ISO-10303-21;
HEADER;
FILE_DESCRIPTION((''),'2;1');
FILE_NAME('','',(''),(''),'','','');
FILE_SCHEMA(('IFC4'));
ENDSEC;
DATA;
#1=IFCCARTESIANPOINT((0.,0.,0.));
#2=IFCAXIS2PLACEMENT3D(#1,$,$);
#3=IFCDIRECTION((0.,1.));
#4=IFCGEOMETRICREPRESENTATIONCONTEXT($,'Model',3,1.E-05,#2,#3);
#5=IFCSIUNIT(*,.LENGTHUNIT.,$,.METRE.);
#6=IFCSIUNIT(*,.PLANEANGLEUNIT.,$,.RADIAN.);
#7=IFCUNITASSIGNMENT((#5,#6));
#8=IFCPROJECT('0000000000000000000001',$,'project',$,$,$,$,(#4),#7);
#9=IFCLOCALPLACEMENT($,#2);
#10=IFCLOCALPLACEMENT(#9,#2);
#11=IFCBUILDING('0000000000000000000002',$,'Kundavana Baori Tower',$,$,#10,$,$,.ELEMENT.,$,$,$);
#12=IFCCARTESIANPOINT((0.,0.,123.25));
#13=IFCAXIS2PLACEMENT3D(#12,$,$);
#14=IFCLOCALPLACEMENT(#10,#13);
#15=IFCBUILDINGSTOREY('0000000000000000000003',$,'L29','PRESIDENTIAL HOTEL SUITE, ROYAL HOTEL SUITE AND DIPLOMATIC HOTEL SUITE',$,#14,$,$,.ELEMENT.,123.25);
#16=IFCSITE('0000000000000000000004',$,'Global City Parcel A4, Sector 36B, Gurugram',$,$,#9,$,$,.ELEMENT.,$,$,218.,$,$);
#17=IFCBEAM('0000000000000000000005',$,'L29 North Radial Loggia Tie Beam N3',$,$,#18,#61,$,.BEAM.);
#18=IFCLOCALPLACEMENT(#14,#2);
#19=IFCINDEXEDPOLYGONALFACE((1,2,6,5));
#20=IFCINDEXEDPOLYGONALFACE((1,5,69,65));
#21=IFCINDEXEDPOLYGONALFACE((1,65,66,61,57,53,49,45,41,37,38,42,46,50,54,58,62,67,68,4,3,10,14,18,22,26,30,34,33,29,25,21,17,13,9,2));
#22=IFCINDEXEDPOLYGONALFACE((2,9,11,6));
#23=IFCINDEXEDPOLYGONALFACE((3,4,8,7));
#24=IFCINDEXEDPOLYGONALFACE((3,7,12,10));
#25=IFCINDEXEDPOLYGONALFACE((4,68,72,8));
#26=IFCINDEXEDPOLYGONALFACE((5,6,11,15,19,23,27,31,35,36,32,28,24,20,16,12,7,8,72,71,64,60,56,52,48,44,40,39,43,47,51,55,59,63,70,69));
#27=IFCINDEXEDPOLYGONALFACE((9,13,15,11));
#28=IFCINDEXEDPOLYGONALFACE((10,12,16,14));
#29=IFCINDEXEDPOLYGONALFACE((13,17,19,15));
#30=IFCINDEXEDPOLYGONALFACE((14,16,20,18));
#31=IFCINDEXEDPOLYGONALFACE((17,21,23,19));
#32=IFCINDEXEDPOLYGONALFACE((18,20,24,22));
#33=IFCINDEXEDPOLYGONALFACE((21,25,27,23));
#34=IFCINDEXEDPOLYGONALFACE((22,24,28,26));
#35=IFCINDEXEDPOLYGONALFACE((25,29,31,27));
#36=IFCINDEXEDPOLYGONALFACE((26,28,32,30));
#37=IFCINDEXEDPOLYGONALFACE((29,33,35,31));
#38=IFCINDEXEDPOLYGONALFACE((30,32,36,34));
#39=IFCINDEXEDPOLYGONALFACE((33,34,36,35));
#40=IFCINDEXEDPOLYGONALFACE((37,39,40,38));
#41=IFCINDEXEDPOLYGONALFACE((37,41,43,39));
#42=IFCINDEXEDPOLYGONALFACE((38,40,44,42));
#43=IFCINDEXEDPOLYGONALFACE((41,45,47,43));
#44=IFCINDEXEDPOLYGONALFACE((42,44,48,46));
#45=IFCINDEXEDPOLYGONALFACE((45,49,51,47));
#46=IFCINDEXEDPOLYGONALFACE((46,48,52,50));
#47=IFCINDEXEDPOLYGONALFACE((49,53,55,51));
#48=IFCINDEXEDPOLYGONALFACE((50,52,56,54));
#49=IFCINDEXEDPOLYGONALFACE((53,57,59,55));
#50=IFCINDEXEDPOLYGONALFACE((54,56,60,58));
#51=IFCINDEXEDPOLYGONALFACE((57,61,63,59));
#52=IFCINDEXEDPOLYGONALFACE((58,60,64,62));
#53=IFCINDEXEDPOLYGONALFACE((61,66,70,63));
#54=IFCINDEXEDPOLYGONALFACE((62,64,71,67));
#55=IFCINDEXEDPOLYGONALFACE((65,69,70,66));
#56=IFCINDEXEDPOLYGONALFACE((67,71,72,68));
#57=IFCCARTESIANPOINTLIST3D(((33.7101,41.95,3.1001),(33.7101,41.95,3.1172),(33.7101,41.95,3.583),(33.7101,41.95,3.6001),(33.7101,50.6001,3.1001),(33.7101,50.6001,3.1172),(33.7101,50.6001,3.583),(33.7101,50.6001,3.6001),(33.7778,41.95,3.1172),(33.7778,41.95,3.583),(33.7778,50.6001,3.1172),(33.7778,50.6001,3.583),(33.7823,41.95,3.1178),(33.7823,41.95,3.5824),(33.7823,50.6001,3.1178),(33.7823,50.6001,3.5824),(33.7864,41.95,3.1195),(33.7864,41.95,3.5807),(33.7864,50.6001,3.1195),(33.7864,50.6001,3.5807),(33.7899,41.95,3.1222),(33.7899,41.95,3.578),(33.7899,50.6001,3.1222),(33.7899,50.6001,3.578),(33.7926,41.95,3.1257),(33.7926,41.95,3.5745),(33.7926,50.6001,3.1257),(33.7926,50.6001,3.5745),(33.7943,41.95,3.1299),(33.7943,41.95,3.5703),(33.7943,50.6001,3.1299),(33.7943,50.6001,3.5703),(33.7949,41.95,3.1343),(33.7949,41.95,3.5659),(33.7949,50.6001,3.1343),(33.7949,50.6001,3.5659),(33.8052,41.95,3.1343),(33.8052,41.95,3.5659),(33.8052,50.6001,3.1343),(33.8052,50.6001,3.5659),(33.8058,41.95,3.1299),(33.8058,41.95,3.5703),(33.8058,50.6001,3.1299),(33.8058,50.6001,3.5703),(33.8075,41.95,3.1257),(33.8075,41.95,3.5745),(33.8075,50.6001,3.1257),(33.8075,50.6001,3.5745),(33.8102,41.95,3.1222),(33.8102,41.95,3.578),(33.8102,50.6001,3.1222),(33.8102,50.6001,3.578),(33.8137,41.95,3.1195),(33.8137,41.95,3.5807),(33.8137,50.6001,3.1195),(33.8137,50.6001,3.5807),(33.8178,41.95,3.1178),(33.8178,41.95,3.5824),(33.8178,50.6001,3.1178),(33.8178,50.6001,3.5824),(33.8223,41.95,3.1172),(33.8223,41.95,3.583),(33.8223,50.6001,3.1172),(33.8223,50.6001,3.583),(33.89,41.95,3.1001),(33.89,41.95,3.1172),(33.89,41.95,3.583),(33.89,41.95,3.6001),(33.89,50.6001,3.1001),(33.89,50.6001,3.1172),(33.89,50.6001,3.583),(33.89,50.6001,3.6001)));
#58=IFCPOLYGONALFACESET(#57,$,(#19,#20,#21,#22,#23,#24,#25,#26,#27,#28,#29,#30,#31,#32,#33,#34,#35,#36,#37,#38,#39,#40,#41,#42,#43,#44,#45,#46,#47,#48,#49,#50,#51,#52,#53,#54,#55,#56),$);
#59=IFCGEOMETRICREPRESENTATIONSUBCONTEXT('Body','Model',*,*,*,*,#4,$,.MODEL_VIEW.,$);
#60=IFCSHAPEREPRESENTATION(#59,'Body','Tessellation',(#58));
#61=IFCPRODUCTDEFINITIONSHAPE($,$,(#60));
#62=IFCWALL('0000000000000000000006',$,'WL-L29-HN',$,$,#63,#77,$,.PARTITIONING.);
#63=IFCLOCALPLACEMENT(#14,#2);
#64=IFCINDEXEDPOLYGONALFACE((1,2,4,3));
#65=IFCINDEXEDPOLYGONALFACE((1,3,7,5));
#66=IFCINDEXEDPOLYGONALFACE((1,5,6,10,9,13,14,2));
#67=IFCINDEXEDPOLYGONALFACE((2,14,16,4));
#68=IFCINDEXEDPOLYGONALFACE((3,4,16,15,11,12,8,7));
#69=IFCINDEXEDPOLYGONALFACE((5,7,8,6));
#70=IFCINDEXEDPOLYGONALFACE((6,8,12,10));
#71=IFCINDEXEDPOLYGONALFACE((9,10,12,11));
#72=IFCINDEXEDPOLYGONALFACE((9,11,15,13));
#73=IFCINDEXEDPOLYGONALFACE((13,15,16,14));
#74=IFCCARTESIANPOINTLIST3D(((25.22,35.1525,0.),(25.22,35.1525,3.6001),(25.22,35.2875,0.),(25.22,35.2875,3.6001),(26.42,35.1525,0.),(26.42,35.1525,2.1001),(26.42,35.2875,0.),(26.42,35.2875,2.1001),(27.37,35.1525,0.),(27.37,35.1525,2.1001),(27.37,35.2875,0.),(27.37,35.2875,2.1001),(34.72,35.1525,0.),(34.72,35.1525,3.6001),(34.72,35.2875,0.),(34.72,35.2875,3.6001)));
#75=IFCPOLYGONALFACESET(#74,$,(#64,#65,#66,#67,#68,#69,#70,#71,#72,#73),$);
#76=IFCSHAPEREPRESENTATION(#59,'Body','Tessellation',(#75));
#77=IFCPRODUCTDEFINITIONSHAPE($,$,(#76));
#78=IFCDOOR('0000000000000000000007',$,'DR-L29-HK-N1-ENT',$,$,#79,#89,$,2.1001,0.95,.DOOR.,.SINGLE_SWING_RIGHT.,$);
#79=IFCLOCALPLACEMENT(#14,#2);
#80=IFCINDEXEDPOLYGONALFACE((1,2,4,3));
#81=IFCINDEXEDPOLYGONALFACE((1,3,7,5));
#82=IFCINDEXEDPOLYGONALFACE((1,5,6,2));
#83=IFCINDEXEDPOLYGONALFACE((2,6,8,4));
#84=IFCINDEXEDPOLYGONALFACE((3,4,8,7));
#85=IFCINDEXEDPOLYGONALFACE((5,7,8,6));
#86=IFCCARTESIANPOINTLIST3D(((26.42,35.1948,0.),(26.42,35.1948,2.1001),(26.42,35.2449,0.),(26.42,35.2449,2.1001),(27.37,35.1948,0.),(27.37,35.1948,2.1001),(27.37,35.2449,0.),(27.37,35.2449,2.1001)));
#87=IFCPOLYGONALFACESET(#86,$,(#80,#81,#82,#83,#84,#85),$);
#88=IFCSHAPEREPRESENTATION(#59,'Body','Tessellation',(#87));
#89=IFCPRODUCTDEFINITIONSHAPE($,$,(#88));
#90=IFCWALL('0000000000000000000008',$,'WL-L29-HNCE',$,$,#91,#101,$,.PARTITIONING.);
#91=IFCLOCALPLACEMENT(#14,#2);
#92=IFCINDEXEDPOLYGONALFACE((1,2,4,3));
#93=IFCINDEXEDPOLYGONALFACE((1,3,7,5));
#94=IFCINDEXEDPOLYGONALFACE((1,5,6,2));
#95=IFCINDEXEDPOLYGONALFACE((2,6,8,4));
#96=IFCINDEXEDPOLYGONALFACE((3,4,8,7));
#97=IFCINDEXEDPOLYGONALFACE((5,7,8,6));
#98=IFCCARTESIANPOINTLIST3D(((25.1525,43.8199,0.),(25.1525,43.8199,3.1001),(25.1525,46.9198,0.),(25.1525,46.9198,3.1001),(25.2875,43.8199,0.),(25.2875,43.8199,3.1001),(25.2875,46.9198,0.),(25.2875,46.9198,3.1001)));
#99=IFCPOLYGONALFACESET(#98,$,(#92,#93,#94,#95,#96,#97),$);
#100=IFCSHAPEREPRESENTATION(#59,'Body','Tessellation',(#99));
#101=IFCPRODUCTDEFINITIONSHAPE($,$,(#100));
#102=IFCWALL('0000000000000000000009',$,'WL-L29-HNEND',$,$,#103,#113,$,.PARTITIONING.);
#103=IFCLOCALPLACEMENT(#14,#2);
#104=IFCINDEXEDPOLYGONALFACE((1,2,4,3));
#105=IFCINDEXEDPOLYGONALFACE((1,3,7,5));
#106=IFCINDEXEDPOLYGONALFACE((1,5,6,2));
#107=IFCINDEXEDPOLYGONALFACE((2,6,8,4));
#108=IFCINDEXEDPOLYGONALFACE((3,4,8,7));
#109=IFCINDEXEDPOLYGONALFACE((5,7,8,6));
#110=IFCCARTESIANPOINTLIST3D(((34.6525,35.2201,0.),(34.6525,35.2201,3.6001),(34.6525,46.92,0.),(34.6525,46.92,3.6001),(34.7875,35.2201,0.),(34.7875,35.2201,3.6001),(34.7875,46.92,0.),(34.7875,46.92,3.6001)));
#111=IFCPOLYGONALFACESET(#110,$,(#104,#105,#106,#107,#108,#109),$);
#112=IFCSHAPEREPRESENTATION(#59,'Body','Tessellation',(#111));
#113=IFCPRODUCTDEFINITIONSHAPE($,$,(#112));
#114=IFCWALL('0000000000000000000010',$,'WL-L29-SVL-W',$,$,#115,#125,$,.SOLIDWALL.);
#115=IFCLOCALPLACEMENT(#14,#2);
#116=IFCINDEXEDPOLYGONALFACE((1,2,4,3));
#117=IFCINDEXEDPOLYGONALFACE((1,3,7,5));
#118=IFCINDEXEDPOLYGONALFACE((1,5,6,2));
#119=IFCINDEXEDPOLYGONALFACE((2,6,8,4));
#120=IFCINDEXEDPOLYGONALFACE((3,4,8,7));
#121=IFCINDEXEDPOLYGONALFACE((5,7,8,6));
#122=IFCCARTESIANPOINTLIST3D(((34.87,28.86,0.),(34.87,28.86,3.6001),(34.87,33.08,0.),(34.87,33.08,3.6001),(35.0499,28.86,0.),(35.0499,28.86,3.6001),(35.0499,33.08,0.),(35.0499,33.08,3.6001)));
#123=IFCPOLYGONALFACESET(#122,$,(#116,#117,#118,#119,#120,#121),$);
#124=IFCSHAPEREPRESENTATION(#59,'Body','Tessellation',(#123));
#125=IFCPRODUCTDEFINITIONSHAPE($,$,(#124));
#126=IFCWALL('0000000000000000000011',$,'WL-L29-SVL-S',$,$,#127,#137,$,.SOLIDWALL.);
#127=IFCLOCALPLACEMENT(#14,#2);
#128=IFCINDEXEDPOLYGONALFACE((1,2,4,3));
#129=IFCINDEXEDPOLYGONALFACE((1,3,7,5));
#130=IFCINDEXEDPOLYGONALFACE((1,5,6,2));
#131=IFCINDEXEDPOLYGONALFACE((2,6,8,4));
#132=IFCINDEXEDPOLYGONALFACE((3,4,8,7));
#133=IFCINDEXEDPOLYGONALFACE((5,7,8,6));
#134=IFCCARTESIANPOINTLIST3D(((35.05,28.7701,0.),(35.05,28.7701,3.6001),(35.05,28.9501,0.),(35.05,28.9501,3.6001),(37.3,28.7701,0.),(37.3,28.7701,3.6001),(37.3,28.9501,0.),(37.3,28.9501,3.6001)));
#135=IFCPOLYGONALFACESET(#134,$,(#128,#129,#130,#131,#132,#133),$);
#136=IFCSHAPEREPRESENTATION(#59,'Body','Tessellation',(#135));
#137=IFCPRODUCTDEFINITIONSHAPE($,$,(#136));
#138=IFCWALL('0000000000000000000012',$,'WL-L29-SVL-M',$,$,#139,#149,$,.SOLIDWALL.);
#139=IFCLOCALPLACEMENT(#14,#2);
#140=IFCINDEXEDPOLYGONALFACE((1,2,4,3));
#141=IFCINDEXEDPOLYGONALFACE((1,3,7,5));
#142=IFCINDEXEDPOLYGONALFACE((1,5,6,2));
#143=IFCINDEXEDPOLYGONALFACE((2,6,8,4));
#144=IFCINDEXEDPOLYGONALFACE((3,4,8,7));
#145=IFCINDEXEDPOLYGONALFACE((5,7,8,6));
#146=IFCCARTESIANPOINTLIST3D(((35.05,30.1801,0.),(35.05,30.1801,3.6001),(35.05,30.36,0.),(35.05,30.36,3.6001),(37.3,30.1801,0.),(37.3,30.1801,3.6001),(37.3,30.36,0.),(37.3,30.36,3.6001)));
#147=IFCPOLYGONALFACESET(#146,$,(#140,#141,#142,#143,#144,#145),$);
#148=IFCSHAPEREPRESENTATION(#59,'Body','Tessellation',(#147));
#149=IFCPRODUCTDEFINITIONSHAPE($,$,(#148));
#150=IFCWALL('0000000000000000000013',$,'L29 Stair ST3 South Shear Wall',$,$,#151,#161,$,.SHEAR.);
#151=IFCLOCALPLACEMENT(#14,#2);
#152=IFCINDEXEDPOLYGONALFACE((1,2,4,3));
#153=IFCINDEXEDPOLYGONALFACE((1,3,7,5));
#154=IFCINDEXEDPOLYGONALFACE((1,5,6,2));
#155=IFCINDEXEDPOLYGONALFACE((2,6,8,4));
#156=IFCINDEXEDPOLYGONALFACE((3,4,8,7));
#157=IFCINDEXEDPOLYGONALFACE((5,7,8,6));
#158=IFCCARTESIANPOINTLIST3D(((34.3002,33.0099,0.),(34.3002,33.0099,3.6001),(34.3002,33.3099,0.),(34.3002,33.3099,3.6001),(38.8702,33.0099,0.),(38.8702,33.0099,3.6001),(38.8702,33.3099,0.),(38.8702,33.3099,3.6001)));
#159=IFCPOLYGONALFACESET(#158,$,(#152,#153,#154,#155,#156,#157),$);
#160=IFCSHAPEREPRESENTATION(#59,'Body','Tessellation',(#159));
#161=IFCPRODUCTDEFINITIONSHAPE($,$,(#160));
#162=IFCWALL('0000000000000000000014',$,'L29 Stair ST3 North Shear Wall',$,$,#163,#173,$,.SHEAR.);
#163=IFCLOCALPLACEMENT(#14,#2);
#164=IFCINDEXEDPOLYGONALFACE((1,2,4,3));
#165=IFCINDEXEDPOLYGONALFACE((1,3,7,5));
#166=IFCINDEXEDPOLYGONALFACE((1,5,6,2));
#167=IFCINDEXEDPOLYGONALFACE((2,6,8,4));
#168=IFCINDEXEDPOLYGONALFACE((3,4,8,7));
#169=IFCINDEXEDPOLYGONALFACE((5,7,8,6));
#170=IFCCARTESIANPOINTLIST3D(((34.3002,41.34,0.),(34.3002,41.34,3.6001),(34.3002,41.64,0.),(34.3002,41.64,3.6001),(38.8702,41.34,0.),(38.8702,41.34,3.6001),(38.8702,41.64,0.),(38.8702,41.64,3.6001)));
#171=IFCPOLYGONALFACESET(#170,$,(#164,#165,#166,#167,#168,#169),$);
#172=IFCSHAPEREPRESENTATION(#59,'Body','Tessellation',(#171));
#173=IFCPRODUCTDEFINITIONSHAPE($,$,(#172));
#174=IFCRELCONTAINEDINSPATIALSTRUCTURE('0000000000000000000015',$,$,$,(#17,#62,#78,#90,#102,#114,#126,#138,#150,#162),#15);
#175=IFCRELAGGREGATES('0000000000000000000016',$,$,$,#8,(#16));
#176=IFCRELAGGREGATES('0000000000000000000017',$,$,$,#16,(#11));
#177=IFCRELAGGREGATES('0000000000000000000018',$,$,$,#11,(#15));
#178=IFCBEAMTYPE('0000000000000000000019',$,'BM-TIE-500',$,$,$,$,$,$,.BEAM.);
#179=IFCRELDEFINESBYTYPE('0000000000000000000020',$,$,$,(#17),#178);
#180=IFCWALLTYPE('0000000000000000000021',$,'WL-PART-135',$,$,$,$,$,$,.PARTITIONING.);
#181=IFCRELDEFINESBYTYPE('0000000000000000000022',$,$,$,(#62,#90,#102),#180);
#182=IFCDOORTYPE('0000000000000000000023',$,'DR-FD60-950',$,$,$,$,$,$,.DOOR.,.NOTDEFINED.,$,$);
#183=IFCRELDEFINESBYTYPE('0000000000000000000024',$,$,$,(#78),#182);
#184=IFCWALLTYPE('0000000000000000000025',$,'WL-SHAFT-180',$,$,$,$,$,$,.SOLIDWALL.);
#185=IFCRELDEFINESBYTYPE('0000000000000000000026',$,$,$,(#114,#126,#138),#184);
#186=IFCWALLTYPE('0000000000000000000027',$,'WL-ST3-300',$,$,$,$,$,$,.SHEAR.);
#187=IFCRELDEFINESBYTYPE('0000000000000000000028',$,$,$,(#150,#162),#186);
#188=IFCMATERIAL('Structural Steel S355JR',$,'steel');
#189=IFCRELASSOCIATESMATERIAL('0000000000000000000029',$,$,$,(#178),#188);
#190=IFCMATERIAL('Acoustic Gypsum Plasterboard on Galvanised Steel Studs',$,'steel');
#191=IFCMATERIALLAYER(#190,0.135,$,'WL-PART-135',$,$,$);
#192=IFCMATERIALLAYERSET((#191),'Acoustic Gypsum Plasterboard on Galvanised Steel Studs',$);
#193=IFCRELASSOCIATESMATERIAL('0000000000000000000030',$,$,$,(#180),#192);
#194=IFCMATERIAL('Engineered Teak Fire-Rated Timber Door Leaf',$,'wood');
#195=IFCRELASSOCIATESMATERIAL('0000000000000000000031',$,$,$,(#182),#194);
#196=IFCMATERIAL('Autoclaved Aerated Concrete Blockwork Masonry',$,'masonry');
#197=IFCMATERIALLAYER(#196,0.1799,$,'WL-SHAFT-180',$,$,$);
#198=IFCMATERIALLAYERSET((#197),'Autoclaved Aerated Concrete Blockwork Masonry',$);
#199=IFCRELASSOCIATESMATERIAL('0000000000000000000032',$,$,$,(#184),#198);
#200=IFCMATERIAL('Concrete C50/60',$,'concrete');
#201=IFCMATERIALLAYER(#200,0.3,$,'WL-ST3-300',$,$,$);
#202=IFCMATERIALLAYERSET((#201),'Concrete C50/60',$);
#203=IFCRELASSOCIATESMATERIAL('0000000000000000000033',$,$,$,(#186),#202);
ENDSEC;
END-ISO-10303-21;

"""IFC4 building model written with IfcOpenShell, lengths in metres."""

from ifc_helpers import new_model, si_unit, direction, frame, frame_2d, origin, origin_2d, place, context, subcontext, project, spatial, rectangle, i_section, extrude, material, layer, layer_set, material_profile, profile_set, type_object, element, fill, save


model = new_model("IFC4")

# Units and contexts
model_context = context("Model", 3, precision=1e-05, world=origin(), true_north=direction((0.0, 1.0)))
body_context = subcontext(model_context, "Body", "Model", "MODEL_VIEW")
ifc_project = project(units=[si_unit("LENGTHUNIT", "METRE"), si_unit("PLANEANGLEUNIT", "RADIAN")], contexts=[model_context])

# Site, building, storey
site_placement = place(None, origin())
site = spatial("IfcSite", under=ifc_project, at=site_placement, Name="Global City Parcel A4, Sector 36B, Gurugram", CompositionType="ELEMENT", RefElevation=218.0)
building_placement = place(site_placement, origin())
building = spatial("IfcBuilding", under=site, at=building_placement, Name="Kundavana Baori Tower", CompositionType="ELEMENT")
storey_placement = place(building_placement, frame((0.0, 0.0, 123.25)))
storey = spatial("IfcBuildingStorey", under=building, at=storey_placement, Name="L29", Description="PRESIDENTIAL HOTEL SUITE, ROYAL HOTEL SUITE AND DIPLOMATIC HOTEL SUITE", CompositionType="ELEMENT", Elevation=123.25)

# Beam
ifc_material_1 = material(Name="Structural Steel S355JR", Category="steel")
ifc_material_profile_1 = material_profile(ifc_material_1, i_section(OverallWidth=0.1799, OverallDepth=0.5, WebThickness=0.0103, FlangeThickness=0.0171, FilletRadius=0.0171, at=origin_2d()), Name="ISMB 500")
ifc_profile_set_1 = profile_set([ifc_material_profile_1], Name="Structural Steel S355JR")
beam_type_1 = type_object("IfcBeamType", Name="BM-TIE-500", PredefinedType="BEAM", material=ifc_profile_set_1)
for number, where, z_axis, x_axis, name in (
    (1, (33.8, 41.95, 3.3501), (0.0, 1.0, 0.0), (-1.0, 0.0, 0.0), "L29 North Radial Loggia Tie Beam N3"),
):
    element("IfcBeam", number, at=place(storey_placement, frame(where, z_axis=z_axis, x_axis=x_axis)), inside=storey, type_object=beam_type_1, Name=name, PredefinedType="BEAM", context=body_context, shape_type="SweptSolid", body=[
        extrude(i_section(OverallWidth=0.1799, OverallDepth=0.5, WebThickness=0.0103, FlangeThickness=0.0171, FilletRadius=0.0171, at=origin_2d()), origin(), (0.0, 0.0, 1.0), 8.6501),
    ])

# Wall, opening, door
ifc_material_2 = material(Name="Acoustic Gypsum Plasterboard on Galvanised Steel Studs", Category="steel")
ifc_layer_1 = layer(ifc_material_2, 0.135, Name="WL-PART-135")
ifc_layer_set_1 = layer_set([ifc_layer_1], Name="Acoustic Gypsum Plasterboard on Galvanised Steel Studs")
wall_type_1 = type_object("IfcWallType", Name="WL-PART-135", PredefinedType="PARTITIONING", material=ifc_layer_set_1)
wall_1_placement = place(storey_placement, frame((25.22, 35.22, 0.0), z_axis=(0.0, 0.0, 1.0), x_axis=(1.0, 0.0, 0.0)))
wall_1 = element("IfcWall", 2, at=wall_1_placement, inside=storey, type_object=wall_type_1, Name="WL-L29-HN", PredefinedType="PARTITIONING", context=body_context, shape_type="SweptSolid", body=[
    extrude(rectangle(XDim=9.5, YDim=0.135, at=frame_2d((4.75, 0.0))), origin(), (0.0, 0.0, 1.0), 3.6001),
])
opening_1_placement = place(wall_1_placement, frame((1.2, 0.0, 0.0)))
opening_1 = element("IfcOpeningElement", 3, at=opening_1_placement, cuts=wall_1, PredefinedType="OPENING", context=body_context, shape_type="SweptSolid", body=[
    extrude(rectangle(XDim=0.95, YDim=2.1001, at=frame_2d((0.4751, 1.05))), frame((0.0, 0.0776, 0.0), z_axis=(0.0, -1.0, 0.0), x_axis=(1.0, 0.0, 0.0)), (0.0, 0.0, 1.0), 0.155),
])
ifc_material_3 = material(Name="Engineered Teak Fire-Rated Timber Door Leaf", Category="wood")
door_type_1 = type_object("IfcDoorType", Name="DR-FD60-950", OperationType="NOTDEFINED", PredefinedType="DOOR", material=ifc_material_3)
door_1_placement = place(opening_1_placement, origin())
door_1 = element("IfcDoor", 4, at=door_1_placement, inside=storey, type_object=door_type_1, Name="DR-L29-HK-N1-ENT", OperationType="SINGLE_SWING_RIGHT", OverallHeight=2.1001, OverallWidth=0.95, PredefinedType="DOOR", context=body_context, shape_type="SweptSolid", body=[
    extrude(rectangle(XDim=0.95, YDim=2.1001, at=frame_2d((0.4751, 1.05))), frame((0.0, 0.0249, 0.0), z_axis=(0.0, -1.0, 0.0), x_axis=(1.0, 0.0, 0.0)), (0.0, 0.0, 1.0), 0.05),
])
fill(opening_1, door_1)

# Walls
wall_2_placement = place(storey_placement, frame((25.22, 43.8201, 0.0), z_axis=(0.0, 0.0, 1.0), x_axis=(0.0, 1.0, 0.0)))
element("IfcWall", 5, at=wall_2_placement, inside=storey, type_object=wall_type_1, Name="WL-L29-HNCE", PredefinedType="PARTITIONING", context=body_context, shape_type="SweptSolid", body=[
    extrude(rectangle(XDim=3.0999, YDim=0.135, at=frame_2d((1.5498, 0.0))), origin(), (0.0, 0.0, 1.0), 3.1001),
])
wall_3_placement = place(storey_placement, frame((34.72, 35.22, 0.0), z_axis=(0.0, 0.0, 1.0), x_axis=(0.0, 1.0, 0.0)))
element("IfcWall", 6, at=wall_3_placement, inside=storey, type_object=wall_type_1, Name="WL-L29-HNEND", PredefinedType="PARTITIONING", context=body_context, shape_type="SweptSolid", body=[
    extrude(rectangle(XDim=11.7, YDim=0.135, at=frame_2d((5.8501, 0.0))), origin(), (0.0, 0.0, 1.0), 3.6001),
])
ifc_material_4 = material(Name="Autoclaved Aerated Concrete Blockwork Masonry", Category="masonry")
ifc_layer_2 = layer(ifc_material_4, 0.1799, Name="WL-SHAFT-180")
ifc_layer_set_2 = layer_set([ifc_layer_2], Name="Autoclaved Aerated Concrete Blockwork Masonry")
wall_type_2 = type_object("IfcWallType", Name="WL-SHAFT-180", PredefinedType="SOLIDWALL", material=ifc_layer_set_2)
wall_4_placement = place(storey_placement, frame((34.96, 28.8601, 0.0), z_axis=(0.0, 0.0, 1.0), x_axis=(0.0, 1.0, 0.0)))
element("IfcWall", 7, at=wall_4_placement, inside=storey, type_object=wall_type_2, Name="WL-L29-SVL-W", PredefinedType="SOLIDWALL", context=body_context, shape_type="SweptSolid", body=[
    extrude(rectangle(XDim=4.22, YDim=0.1799, at=frame_2d((2.1099, 0.0))), origin(), (0.0, 0.0, 1.0), 3.6001),
])
for number, where, z_axis, x_axis, name in (
    (8, (35.05, 28.8601, 0.0), (0.0, 0.0, 1.0), (1.0, 0.0, 0.0), "WL-L29-SVL-S"),
    (9, (35.05, 30.27, 0.0), (0.0, 0.0, 1.0), (1.0, 0.0, 0.0), "WL-L29-SVL-M"),
):
    element("IfcWall", number, at=place(storey_placement, frame(where, z_axis=z_axis, x_axis=x_axis)), inside=storey, type_object=wall_type_2, Name=name, PredefinedType="SOLIDWALL", context=body_context, shape_type="SweptSolid", body=[
        extrude(rectangle(XDim=2.25, YDim=0.1799, at=frame_2d((1.125, 0.0))), origin(), (0.0, 0.0, 1.0), 3.6001),
    ])
ifc_material_5 = material(Name="Concrete C50/60", Category="concrete")
ifc_layer_3 = layer(ifc_material_5, 0.3, Name="WL-ST3-300")
ifc_layer_set_3 = layer_set([ifc_layer_3], Name="Concrete C50/60")
wall_type_3 = type_object("IfcWallType", Name="WL-ST3-300", PredefinedType="SHEAR", material=ifc_layer_set_3)
for number, where, z_axis, x_axis, name in (
    (10, (34.3, 33.1599, 0.0), (0.0, 0.0, 1.0), (1.0, 0.0, 0.0), "L29 Stair ST3 South Shear Wall"),
    (11, (34.3, 41.49, 0.0), (0.0, 0.0, 1.0), (1.0, 0.0, 0.0), "L29 Stair ST3 North Shear Wall"),
):
    element("IfcWall", number, at=place(storey_placement, frame(where, z_axis=z_axis, x_axis=x_axis)), inside=storey, type_object=wall_type_3, Name=name, PredefinedType="SHEAR", context=body_context, shape_type="SweptSolid", body=[
        extrude(rectangle(XDim=4.5701, YDim=0.3, at=frame_2d((2.2852, 0.0))), origin(), (0.0, 0.0, 1.0), 3.6001),
    ])

save(model, "model.ifc")
